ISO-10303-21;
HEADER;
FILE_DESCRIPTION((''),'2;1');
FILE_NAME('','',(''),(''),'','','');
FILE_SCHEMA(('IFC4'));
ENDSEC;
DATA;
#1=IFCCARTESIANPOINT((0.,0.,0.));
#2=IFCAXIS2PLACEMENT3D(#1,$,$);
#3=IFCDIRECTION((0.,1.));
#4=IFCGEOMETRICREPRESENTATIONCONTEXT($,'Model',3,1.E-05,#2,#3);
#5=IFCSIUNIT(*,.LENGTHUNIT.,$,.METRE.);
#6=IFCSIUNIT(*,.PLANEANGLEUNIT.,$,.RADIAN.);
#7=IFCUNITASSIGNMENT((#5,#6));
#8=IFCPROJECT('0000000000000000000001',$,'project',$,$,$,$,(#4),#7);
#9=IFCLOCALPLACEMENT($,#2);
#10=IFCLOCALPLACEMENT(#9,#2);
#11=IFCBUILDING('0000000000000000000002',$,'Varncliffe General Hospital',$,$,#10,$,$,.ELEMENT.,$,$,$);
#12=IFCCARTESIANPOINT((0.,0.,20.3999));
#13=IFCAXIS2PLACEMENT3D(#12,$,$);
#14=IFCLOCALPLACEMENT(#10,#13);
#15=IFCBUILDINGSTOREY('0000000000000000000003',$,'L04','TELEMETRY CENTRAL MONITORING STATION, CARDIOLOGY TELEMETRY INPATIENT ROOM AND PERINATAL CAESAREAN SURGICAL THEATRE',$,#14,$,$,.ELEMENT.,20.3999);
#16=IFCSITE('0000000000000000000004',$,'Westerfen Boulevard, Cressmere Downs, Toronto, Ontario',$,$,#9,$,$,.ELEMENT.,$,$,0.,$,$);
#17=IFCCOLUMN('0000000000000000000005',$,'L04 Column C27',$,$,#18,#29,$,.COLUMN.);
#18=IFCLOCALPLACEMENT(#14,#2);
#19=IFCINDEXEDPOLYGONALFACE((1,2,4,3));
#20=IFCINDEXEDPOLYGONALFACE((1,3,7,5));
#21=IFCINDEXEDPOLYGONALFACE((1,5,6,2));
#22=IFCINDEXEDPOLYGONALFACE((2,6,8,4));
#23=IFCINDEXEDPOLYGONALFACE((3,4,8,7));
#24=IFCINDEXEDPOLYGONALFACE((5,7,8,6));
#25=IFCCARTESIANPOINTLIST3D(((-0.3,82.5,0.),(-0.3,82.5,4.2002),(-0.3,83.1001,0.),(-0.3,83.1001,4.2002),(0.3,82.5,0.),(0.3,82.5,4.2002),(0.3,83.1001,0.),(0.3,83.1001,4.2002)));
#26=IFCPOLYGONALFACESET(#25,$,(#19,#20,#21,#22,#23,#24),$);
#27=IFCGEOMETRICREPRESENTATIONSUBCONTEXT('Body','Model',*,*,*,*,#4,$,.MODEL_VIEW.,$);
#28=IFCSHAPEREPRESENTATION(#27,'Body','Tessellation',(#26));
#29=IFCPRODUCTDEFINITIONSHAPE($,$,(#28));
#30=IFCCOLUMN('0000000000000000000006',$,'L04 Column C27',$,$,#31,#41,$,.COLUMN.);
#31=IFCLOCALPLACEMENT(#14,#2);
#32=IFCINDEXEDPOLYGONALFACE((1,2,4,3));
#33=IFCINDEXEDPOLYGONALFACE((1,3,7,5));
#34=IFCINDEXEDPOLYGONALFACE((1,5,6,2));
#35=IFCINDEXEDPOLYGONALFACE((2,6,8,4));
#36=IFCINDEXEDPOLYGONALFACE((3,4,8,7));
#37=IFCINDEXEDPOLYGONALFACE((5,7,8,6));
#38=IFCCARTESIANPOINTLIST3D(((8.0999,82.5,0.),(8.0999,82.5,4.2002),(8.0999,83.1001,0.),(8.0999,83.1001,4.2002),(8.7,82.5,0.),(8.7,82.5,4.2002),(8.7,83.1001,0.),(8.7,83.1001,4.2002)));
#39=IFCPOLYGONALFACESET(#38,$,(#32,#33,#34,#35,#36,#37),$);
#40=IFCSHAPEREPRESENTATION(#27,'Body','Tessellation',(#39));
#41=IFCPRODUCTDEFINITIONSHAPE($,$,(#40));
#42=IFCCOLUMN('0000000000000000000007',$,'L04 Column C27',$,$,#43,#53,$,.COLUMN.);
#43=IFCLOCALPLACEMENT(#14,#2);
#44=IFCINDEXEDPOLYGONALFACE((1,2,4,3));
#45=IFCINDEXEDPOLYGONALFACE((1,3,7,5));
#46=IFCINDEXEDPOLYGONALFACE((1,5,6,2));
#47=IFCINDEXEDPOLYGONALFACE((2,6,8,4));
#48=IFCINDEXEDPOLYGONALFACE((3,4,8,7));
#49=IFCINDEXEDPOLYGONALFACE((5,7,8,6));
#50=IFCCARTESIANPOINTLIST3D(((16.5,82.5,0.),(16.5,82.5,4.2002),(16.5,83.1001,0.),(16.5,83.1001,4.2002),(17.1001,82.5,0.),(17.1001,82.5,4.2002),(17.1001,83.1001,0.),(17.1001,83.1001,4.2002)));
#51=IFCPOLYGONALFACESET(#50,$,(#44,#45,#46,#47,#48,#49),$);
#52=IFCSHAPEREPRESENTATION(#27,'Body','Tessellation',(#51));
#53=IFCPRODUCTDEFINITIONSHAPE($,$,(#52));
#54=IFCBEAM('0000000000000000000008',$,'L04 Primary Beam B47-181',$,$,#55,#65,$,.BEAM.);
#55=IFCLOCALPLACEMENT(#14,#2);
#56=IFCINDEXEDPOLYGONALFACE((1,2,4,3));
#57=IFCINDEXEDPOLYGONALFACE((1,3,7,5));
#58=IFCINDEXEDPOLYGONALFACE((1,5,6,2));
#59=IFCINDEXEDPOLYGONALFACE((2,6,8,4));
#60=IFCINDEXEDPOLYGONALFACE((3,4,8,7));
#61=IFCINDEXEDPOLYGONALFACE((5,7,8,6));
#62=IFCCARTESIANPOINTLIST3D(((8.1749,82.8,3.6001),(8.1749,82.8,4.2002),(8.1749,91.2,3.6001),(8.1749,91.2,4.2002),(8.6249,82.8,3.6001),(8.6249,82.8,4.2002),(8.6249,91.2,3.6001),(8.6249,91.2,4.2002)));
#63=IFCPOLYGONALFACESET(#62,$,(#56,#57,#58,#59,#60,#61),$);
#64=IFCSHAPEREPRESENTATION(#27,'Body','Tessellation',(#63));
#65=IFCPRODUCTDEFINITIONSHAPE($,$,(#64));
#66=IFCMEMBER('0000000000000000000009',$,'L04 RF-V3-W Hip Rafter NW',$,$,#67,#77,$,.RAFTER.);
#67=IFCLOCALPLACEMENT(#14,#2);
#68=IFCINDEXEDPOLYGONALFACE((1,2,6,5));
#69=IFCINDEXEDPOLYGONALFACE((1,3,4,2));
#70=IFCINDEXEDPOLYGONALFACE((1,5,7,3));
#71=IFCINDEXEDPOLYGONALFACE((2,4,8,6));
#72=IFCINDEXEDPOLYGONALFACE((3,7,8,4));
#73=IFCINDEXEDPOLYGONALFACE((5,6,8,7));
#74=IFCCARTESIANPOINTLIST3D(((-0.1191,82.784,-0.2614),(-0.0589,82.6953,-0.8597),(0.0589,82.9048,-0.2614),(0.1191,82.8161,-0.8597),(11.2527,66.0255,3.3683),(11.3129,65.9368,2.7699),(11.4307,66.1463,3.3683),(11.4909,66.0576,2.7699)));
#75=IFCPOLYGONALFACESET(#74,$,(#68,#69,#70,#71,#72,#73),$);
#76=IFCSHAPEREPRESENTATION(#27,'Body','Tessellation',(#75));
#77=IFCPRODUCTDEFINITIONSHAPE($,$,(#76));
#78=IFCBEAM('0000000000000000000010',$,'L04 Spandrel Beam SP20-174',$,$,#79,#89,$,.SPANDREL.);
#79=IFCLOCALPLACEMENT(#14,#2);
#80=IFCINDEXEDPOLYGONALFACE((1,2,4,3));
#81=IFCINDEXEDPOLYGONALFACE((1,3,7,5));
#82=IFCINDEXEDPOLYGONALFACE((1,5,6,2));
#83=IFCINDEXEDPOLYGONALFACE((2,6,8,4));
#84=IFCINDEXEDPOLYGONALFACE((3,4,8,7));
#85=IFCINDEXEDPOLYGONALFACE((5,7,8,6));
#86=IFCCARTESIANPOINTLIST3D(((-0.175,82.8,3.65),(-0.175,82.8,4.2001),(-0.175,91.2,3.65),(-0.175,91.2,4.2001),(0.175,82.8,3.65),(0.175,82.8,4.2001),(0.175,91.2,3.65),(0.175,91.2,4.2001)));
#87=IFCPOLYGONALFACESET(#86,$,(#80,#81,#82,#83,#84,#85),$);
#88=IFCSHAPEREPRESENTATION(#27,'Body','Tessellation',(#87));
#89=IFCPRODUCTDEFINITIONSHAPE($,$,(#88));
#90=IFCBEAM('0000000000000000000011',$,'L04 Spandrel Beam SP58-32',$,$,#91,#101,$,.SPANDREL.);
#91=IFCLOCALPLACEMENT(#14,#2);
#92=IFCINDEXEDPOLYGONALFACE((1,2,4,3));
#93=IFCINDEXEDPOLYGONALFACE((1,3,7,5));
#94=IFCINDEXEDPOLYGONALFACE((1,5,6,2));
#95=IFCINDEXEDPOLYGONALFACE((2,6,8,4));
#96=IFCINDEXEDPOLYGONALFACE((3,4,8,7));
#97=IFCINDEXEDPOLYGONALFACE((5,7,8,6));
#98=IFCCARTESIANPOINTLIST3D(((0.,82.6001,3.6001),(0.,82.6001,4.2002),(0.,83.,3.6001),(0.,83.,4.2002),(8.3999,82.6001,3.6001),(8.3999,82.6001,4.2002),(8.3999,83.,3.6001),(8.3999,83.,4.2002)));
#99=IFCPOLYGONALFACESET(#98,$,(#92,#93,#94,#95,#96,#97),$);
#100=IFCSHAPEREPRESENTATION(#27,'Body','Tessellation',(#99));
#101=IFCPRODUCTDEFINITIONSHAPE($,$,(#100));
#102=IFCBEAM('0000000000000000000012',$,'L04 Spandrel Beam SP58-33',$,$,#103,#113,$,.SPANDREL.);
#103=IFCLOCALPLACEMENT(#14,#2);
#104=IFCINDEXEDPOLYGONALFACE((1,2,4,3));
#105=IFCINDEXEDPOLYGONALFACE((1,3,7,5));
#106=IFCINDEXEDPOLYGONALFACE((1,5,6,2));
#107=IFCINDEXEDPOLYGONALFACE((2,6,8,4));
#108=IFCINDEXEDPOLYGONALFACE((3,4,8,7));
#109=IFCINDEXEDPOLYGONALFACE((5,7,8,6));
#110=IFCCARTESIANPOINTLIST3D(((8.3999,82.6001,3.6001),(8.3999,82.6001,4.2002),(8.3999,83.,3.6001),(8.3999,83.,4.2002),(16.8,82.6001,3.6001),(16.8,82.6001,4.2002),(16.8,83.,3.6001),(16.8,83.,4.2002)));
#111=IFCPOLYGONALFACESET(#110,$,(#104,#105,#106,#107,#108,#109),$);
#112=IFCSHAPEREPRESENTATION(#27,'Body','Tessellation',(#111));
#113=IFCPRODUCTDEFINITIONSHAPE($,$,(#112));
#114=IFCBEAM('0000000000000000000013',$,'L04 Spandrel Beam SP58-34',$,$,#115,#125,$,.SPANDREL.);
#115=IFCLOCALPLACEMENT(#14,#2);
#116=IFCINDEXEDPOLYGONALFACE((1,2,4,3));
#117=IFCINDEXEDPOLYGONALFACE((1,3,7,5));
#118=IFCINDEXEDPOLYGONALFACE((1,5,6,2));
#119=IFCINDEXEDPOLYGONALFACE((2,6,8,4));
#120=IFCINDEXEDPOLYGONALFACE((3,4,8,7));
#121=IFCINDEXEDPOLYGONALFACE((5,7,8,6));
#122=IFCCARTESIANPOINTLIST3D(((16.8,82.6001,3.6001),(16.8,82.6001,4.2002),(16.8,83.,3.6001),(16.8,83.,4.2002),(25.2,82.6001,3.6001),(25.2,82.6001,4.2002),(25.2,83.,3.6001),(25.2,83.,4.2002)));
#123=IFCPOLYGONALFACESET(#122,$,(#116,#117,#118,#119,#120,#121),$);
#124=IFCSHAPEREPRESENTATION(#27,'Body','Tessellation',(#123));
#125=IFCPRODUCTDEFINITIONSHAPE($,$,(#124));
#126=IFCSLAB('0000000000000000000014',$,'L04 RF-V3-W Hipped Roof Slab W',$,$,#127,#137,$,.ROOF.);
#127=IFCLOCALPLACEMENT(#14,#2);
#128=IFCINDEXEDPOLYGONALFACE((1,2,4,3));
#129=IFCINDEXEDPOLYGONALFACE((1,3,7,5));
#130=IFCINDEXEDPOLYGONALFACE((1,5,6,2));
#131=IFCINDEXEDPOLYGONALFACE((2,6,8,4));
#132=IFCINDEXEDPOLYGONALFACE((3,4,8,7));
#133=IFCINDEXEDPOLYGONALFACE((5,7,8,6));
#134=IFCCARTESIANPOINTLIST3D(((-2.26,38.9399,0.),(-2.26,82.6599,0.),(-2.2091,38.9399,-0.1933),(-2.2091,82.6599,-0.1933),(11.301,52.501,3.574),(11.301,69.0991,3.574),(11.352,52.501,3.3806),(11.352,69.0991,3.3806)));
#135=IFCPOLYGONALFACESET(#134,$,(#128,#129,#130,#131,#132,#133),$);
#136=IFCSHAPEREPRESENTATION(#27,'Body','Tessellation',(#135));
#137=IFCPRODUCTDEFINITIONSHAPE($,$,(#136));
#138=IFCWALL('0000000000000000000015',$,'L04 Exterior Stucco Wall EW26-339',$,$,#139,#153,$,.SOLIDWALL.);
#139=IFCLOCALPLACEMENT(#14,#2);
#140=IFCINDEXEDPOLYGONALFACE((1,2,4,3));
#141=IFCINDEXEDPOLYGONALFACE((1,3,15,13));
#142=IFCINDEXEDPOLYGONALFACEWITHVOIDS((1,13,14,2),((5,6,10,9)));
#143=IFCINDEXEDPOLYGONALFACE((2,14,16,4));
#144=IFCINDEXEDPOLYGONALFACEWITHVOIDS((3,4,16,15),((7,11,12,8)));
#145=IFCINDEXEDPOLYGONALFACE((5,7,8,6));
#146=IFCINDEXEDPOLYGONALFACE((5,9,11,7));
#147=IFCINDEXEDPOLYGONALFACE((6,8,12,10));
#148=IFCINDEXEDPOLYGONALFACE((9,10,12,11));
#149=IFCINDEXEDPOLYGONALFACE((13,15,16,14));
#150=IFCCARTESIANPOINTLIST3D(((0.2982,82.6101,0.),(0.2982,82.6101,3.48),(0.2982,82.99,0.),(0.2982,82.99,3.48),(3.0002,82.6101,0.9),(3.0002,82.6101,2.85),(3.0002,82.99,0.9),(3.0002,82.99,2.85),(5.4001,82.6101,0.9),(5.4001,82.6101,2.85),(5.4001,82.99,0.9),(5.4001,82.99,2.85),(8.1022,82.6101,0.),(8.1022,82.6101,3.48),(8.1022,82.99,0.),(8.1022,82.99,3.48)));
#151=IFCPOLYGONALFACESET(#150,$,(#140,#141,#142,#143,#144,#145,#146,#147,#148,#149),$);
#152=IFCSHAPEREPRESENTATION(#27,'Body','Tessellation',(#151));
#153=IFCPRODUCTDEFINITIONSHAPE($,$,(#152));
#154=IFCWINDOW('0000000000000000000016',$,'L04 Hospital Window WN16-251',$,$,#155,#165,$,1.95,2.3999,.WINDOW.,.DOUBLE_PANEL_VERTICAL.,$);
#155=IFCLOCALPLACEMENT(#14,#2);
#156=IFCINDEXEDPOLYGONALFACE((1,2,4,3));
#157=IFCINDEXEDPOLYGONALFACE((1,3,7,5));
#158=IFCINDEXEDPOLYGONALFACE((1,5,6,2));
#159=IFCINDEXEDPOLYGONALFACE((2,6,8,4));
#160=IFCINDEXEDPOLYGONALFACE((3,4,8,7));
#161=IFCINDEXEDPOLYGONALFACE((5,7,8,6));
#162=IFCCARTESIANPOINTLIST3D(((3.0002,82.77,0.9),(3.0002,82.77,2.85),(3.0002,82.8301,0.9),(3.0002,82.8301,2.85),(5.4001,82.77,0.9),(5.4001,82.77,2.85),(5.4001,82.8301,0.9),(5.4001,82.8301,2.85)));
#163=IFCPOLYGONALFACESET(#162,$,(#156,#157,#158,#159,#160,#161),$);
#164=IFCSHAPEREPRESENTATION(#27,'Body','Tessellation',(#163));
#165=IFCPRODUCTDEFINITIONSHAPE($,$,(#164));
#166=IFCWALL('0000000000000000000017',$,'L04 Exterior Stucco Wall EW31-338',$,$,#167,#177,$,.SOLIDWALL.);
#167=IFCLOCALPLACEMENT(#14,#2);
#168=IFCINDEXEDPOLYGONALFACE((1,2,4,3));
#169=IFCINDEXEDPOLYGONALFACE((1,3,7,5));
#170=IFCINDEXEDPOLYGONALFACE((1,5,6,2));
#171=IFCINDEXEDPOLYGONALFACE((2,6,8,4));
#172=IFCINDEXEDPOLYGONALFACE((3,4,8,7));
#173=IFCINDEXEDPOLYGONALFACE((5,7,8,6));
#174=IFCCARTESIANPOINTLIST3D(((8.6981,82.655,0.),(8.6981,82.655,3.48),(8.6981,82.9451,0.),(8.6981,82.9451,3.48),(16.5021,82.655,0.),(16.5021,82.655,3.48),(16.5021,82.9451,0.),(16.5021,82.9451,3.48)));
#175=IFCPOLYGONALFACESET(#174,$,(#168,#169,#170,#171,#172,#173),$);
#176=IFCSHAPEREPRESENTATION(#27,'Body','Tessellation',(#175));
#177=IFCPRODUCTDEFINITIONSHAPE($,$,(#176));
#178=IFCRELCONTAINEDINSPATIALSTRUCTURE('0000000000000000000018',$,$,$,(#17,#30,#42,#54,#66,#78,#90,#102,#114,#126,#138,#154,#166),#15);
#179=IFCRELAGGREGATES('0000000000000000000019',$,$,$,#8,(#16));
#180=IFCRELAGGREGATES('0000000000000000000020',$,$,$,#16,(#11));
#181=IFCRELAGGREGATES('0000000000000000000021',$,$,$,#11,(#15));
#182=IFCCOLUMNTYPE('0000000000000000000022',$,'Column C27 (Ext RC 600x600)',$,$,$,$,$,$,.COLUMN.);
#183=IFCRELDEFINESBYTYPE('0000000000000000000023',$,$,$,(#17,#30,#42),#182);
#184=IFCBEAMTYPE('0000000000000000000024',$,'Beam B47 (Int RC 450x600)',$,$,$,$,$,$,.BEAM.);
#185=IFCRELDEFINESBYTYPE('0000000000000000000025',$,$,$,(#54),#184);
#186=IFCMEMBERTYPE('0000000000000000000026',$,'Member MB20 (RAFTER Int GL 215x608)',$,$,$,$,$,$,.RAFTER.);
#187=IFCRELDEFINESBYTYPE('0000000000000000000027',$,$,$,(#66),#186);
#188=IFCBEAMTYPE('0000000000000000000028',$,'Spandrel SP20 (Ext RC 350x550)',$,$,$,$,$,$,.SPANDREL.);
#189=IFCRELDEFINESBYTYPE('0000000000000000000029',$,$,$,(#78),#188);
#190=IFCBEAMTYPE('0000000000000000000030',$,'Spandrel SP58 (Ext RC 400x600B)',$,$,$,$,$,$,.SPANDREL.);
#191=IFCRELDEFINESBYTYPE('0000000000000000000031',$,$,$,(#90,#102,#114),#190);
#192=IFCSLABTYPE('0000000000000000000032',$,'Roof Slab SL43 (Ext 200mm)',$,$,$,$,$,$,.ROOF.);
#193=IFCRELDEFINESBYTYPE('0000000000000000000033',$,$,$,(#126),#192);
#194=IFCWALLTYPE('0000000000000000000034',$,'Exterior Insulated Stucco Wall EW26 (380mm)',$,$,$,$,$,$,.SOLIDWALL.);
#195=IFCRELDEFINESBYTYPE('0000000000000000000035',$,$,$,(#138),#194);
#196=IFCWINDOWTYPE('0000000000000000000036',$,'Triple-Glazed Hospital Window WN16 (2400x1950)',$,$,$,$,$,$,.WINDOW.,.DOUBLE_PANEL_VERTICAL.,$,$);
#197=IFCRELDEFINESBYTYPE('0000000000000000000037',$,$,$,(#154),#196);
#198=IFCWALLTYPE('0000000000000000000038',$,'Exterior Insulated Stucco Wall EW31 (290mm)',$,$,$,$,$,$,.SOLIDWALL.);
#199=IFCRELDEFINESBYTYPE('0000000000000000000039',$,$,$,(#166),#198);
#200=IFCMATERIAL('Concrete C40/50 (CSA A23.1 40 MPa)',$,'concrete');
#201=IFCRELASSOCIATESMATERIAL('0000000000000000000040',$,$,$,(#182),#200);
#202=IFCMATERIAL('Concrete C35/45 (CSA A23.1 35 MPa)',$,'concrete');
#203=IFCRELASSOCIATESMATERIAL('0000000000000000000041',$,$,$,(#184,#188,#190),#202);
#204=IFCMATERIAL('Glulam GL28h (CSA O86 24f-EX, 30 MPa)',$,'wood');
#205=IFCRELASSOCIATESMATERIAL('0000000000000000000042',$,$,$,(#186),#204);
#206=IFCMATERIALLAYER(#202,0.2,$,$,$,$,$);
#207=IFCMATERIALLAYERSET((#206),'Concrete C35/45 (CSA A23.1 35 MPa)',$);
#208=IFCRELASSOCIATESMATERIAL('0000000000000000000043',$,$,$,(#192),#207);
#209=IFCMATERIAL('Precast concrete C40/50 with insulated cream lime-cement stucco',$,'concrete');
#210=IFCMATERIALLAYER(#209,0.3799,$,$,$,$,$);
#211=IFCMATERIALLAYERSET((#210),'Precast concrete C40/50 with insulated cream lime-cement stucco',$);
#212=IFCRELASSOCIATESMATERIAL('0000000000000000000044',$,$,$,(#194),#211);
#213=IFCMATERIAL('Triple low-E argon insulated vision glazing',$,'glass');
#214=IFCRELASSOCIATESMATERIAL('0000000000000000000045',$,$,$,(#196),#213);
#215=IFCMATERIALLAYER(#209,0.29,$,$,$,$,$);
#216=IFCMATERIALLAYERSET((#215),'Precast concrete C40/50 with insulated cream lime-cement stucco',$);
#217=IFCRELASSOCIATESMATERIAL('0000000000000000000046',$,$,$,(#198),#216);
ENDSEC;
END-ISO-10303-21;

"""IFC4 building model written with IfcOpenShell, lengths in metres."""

from ifc_helpers import new_model, si_unit, direction, frame, frame_2d, origin, origin_2d, place, context, subcontext, project, spatial, polyline, rectangle, outline, extrude, material, layer, layer_set, material_profile, profile_set, type_object, element, fill, save


model = new_model("IFC4")

# Units and contexts
model_context = context("Model", 3, precision=1e-05, world=origin(), true_north=direction((0.0, 1.0)))
body_context = subcontext(model_context, "Body", "Model", "MODEL_VIEW")
ifc_project = project(units=[si_unit("LENGTHUNIT", "METRE"), si_unit("PLANEANGLEUNIT", "RADIAN")], contexts=[model_context])

# Site, building, storey
site_placement = place(None, origin())
site = spatial("IfcSite", under=ifc_project, at=site_placement, Name="Westerfen Boulevard, Cressmere Downs, Toronto, Ontario", CompositionType="ELEMENT", RefElevation=0.0)
building_placement = place(site_placement, origin())
building = spatial("IfcBuilding", under=site, at=building_placement, Name="Varncliffe General Hospital", CompositionType="ELEMENT")
storey_placement = place(building_placement, frame((0.0, 0.0, 20.3999)))
storey = spatial("IfcBuildingStorey", under=building, at=storey_placement, Name="L04", Description="TELEMETRY CENTRAL MONITORING STATION, CARDIOLOGY TELEMETRY INPATIENT ROOM AND PERINATAL CAESAREAN SURGICAL THEATRE", CompositionType="ELEMENT", Elevation=20.3999)

# Columns
ifc_material_1 = material(Name="Concrete C40/50 (CSA A23.1 40 MPa)", Category="concrete")
ifc_material_profile_1 = material_profile(ifc_material_1, rectangle(XDim=0.6001, YDim=0.6001, at=origin_2d()), Name="RC 600x600")
ifc_profile_set_1 = profile_set([ifc_material_profile_1], Name="Concrete C40/50 (CSA A23.1 40 MPa)")
column_type = type_object("IfcColumnType", Name="Column C27 (Ext RC 600x600)", PredefinedType="COLUMN", material=ifc_profile_set_1)
for number, where, z_axis, x_axis, name in (
    (1, (0.0, 82.8, 0.0), (0.0, 0.0, 1.0), (1.0, 0.0, 0.0), "L04 Column C27"),
    (2, (8.3999, 82.8, 0.0), (0.0, 0.0, 1.0), (1.0, 0.0, 0.0), "L04 Column C27"),
    (3, (16.8, 82.8, 0.0), (0.0, 0.0, 1.0), (1.0, 0.0, 0.0), "L04 Column C27"),
):
    element("IfcColumn", number, at=place(storey_placement, frame(where, z_axis=z_axis, x_axis=x_axis)), inside=storey, type_object=column_type, Name=name, PredefinedType="COLUMN", context=body_context, shape_type="SweptSolid", body=[
        extrude(rectangle(XDim=0.6001, YDim=0.6001, at=origin_2d()), origin(), (0.0, 0.0, 1.0), 4.2002),
    ])

# Beam
ifc_material_2 = material(Name="Concrete C35/45 (CSA A23.1 35 MPa)", Category="concrete")
ifc_material_profile_2 = material_profile(ifc_material_2, rectangle(XDim=0.45, YDim=0.6001, at=origin_2d()), Name="RC 450x600")
ifc_profile_set_2 = profile_set([ifc_material_profile_2], Name="Concrete C35/45 (CSA A23.1 35 MPa)")
beam_type_1 = type_object("IfcBeamType", Name="Beam B47 (Int RC 450x600)", PredefinedType="BEAM", material=ifc_profile_set_2)
beam_1_placement = place(storey_placement, frame((8.3999, 82.8, 3.9001), z_axis=(0.0, 1.0, 0.0), x_axis=(-1.0, 0.0, 0.0)))
element("IfcBeam", 4, at=beam_1_placement, inside=storey, type_object=beam_type_1, Name="L04 Primary Beam B47-181", PredefinedType="BEAM", context=body_context, shape_type="SweptSolid", body=[
    extrude(rectangle(XDim=0.45, YDim=0.6001, at=origin_2d()), origin(), (0.0, 0.0, 1.0), 8.3999),
])

# Member
ifc_material_3 = material(Name="Glulam GL28h (CSA O86 24f-EX, 30 MPa)", Category="wood")
ifc_material_profile_3 = material_profile(ifc_material_3, rectangle(XDim=0.2151, YDim=0.6079, at=origin_2d()), Name="GL 215x608")
ifc_profile_set_3 = profile_set([ifc_material_profile_3], Name="Glulam GL28h (CSA O86 24f-EX, 30 MPa)")
member_type = type_object("IfcMemberType", Name="Member MB20 (RAFTER Int GL 215x608)", PredefinedType="RAFTER", material=ifc_profile_set_3)
member_placement = place(storey_placement, frame((0.0, 82.8, -0.5605), z_axis=(0.552694, -0.8145, 0.176408), x_axis=(0.827477, 0.5615, 0.0)))
element("IfcMember", 5, at=member_placement, inside=storey, type_object=member_type, Name="L04 RF-V3-W Hip Rafter NW", PredefinedType="RAFTER", context=body_context, shape_type="SweptSolid", body=[
    extrude(rectangle(XDim=0.2151, YDim=0.6079, at=origin_2d()), origin(), (0.0, 0.0, 1.0), 20.5752),
])

# Beams
ifc_material_profile_4 = material_profile(ifc_material_2, rectangle(XDim=0.3501, YDim=0.55, at=origin_2d()), Name="RC 350x550")
ifc_profile_set_4 = profile_set([ifc_material_profile_4], Name="Concrete C35/45 (CSA A23.1 35 MPa)")
beam_type_2 = type_object("IfcBeamType", Name="Spandrel SP20 (Ext RC 350x550)", PredefinedType="SPANDREL", material=ifc_profile_set_4)
beam_2_placement = place(storey_placement, frame((0.0, 82.8, 3.925), z_axis=(0.0, 1.0, 0.0), x_axis=(-1.0, 0.0, 0.0)))
element("IfcBeam", 6, at=beam_2_placement, inside=storey, type_object=beam_type_2, Name="L04 Spandrel Beam SP20-174", PredefinedType="SPANDREL", context=body_context, shape_type="SweptSolid", body=[
    extrude(rectangle(XDim=0.3501, YDim=0.55, at=origin_2d()), origin(), (0.0, 0.0, 1.0), 8.3999),
])
ifc_material_profile_5 = material_profile(ifc_material_2, rectangle(XDim=0.3999, YDim=0.6001, at=origin_2d()), Name="RC 400x600")
ifc_profile_set_5 = profile_set([ifc_material_profile_5], Name="Concrete C35/45 (CSA A23.1 35 MPa)")
beam_type_3 = type_object("IfcBeamType", Name="Spandrel SP58 (Ext RC 400x600B)", PredefinedType="SPANDREL", material=ifc_profile_set_5)
beam_3_placement = place(storey_placement, frame((0.0, 82.8, 3.9001), z_axis=(1.0, 0.0, 0.0), x_axis=(0.0, 1.0, 0.0)))
element("IfcBeam", 7, at=beam_3_placement, inside=storey, type_object=beam_type_3, Name="L04 Spandrel Beam SP58-32", PredefinedType="SPANDREL", context=body_context, shape_type="SweptSolid", body=[
    extrude(rectangle(XDim=0.3999, YDim=0.6001, at=origin_2d()), origin(), (0.0, 0.0, 1.0), 8.3999),
])
beam_4_placement = place(storey_placement, frame((8.3999, 82.8, 3.9001), z_axis=(1.0, 0.0, 0.0), x_axis=(0.0, 1.0, 0.0)))
element("IfcBeam", 8, at=beam_4_placement, inside=storey, type_object=beam_type_3, Name="L04 Spandrel Beam SP58-33", PredefinedType="SPANDREL", context=body_context, shape_type="SweptSolid", body=[
    extrude(rectangle(XDim=0.3999, YDim=0.6001, at=origin_2d()), origin(), (0.0, 0.0, 1.0), 8.4001),
])
beam_5_placement = place(storey_placement, frame((16.8, 82.8, 3.9001), z_axis=(1.0, 0.0, 0.0), x_axis=(0.0, 1.0, 0.0)))
element("IfcBeam", 9, at=beam_5_placement, inside=storey, type_object=beam_type_3, Name="L04 Spandrel Beam SP58-34", PredefinedType="SPANDREL", context=body_context, shape_type="SweptSolid", body=[
    extrude(rectangle(XDim=0.3999, YDim=0.6001, at=origin_2d()), origin(), (0.0, 0.0, 1.0), 8.3999),
])

# Slab
ifc_layer_1 = layer(ifc_material_2, 0.2)
ifc_layer_set_1 = layer_set([ifc_layer_1], Name="Concrete C35/45 (CSA A23.1 35 MPa)")
slab_type = type_object("IfcSlabType", Name="Roof Slab SL43 (Ext 200mm)", PredefinedType="ROOF", material=ifc_layer_set_1)
slab_placement = place(storey_placement, frame((-2.26, 82.6599, 0.0), z_axis=(-0.254845, 0.0, 0.966982), x_axis=(0.0, -1.0, 0.0)))
element("IfcSlab", 10, at=slab_placement, inside=storey, type_object=slab_type, Name="L04 RF-V3-W Hipped Roof Slab W", PredefinedType="ROOF", context=body_context, shape_type="SweptSolid", body=[
    extrude(outline(polyline([(0.0, 0.0), (43.72, 0.0), (30.1589, 14.0241), (13.5608, 14.0241), (0.0, 0.0)])), origin(), (0.0, 0.0, -1.0), 0.2),
])

# Wall, opening, window
ifc_material_4 = material(Name="Precast concrete C40/50 with insulated cream lime-cement stucco", Category="concrete")
ifc_layer_2 = layer(ifc_material_4, 0.3799)
ifc_layer_set_2 = layer_set([ifc_layer_2], Name="Precast concrete C40/50 with insulated cream lime-cement stucco")
wall_type_1 = type_object("IfcWallType", Name="Exterior Insulated Stucco Wall EW26 (380mm)", PredefinedType="SOLIDWALL", material=ifc_layer_set_2)
wall_1_placement = place(storey_placement, frame((8.1021, 82.8, 0.0), z_axis=(0.0, 0.0, 1.0), x_axis=(-1.0, 0.0, 0.0)))
wall_1 = element("IfcWall", 11, at=wall_1_placement, inside=storey, type_object=wall_type_1, Name="L04 Exterior Stucco Wall EW26-339", PredefinedType="SOLIDWALL", context=body_context, shape_type="SweptSolid", body=[
    extrude(rectangle(XDim=7.804, YDim=0.3799, at=frame_2d((3.9019, 0.0))), origin(), (0.0, 0.0, 1.0), 3.48),
])
opening_1_placement = place(wall_1_placement, frame((2.7019, 0.0, 0.8999)))
opening_1 = element("IfcOpeningElement", 12, at=opening_1_placement, cuts=wall_1, PredefinedType="OPENING", context=body_context, shape_type="SweptSolid", body=[
    extrude(rectangle(XDim=2.3999, YDim=1.95, at=frame_2d((1.2, 0.9751))), frame((0.0, 0.2, 0.0), z_axis=(0.0, -1.0, 0.0), x_axis=(1.0, 0.0, 0.0)), (0.0, 0.0, 1.0), 0.3999),
])
ifc_material_5 = material(Name="Triple low-E argon insulated vision glazing", Category="glass")
window_type_1 = type_object("IfcWindowType", Name="Triple-Glazed Hospital Window WN16 (2400x1950)", PartitioningType="DOUBLE_PANEL_VERTICAL", PredefinedType="WINDOW", material=ifc_material_5)
window_1_placement = place(opening_1_placement, origin())
window_1 = element("IfcWindow", 13, at=window_1_placement, inside=storey, type_object=window_type_1, Name="L04 Hospital Window WN16-251", OverallHeight=1.95, OverallWidth=2.3999, PartitioningType="DOUBLE_PANEL_VERTICAL", PredefinedType="WINDOW", context=body_context, shape_type="SweptSolid", body=[
    extrude(rectangle(XDim=2.3999, YDim=1.95, at=frame_2d((1.2, 0.9751))), frame((0.0, 0.03, 0.0), z_axis=(0.0, -1.0, 0.0), x_axis=(1.0, 0.0, 0.0)), (0.0, 0.0, 1.0), 0.0601),
])
fill(opening_1, window_1)

# Wall
ifc_layer_3 = layer(ifc_material_4, 0.29)
ifc_layer_set_3 = layer_set([ifc_layer_3], Name="Precast concrete C40/50 with insulated cream lime-cement stucco")
wall_type_2 = type_object("IfcWallType", Name="Exterior Insulated Stucco Wall EW31 (290mm)", PredefinedType="SOLIDWALL", material=ifc_layer_set_3)
wall_2_placement = place(storey_placement, frame((16.502, 82.8, 0.0), z_axis=(0.0, 0.0, 1.0), x_axis=(-1.0, 0.0, 0.0)))
element("IfcWall", 14, at=wall_2_placement, inside=storey, type_object=wall_type_2, Name="L04 Exterior Stucco Wall EW31-338", PredefinedType="SOLIDWALL", context=body_context, shape_type="SweptSolid", body=[
    extrude(rectangle(XDim=7.804, YDim=0.29, at=frame_2d((3.9019, 0.0))), origin(), (0.0, 0.0, 1.0), 3.48),
])

save(model, "model.ifc")
